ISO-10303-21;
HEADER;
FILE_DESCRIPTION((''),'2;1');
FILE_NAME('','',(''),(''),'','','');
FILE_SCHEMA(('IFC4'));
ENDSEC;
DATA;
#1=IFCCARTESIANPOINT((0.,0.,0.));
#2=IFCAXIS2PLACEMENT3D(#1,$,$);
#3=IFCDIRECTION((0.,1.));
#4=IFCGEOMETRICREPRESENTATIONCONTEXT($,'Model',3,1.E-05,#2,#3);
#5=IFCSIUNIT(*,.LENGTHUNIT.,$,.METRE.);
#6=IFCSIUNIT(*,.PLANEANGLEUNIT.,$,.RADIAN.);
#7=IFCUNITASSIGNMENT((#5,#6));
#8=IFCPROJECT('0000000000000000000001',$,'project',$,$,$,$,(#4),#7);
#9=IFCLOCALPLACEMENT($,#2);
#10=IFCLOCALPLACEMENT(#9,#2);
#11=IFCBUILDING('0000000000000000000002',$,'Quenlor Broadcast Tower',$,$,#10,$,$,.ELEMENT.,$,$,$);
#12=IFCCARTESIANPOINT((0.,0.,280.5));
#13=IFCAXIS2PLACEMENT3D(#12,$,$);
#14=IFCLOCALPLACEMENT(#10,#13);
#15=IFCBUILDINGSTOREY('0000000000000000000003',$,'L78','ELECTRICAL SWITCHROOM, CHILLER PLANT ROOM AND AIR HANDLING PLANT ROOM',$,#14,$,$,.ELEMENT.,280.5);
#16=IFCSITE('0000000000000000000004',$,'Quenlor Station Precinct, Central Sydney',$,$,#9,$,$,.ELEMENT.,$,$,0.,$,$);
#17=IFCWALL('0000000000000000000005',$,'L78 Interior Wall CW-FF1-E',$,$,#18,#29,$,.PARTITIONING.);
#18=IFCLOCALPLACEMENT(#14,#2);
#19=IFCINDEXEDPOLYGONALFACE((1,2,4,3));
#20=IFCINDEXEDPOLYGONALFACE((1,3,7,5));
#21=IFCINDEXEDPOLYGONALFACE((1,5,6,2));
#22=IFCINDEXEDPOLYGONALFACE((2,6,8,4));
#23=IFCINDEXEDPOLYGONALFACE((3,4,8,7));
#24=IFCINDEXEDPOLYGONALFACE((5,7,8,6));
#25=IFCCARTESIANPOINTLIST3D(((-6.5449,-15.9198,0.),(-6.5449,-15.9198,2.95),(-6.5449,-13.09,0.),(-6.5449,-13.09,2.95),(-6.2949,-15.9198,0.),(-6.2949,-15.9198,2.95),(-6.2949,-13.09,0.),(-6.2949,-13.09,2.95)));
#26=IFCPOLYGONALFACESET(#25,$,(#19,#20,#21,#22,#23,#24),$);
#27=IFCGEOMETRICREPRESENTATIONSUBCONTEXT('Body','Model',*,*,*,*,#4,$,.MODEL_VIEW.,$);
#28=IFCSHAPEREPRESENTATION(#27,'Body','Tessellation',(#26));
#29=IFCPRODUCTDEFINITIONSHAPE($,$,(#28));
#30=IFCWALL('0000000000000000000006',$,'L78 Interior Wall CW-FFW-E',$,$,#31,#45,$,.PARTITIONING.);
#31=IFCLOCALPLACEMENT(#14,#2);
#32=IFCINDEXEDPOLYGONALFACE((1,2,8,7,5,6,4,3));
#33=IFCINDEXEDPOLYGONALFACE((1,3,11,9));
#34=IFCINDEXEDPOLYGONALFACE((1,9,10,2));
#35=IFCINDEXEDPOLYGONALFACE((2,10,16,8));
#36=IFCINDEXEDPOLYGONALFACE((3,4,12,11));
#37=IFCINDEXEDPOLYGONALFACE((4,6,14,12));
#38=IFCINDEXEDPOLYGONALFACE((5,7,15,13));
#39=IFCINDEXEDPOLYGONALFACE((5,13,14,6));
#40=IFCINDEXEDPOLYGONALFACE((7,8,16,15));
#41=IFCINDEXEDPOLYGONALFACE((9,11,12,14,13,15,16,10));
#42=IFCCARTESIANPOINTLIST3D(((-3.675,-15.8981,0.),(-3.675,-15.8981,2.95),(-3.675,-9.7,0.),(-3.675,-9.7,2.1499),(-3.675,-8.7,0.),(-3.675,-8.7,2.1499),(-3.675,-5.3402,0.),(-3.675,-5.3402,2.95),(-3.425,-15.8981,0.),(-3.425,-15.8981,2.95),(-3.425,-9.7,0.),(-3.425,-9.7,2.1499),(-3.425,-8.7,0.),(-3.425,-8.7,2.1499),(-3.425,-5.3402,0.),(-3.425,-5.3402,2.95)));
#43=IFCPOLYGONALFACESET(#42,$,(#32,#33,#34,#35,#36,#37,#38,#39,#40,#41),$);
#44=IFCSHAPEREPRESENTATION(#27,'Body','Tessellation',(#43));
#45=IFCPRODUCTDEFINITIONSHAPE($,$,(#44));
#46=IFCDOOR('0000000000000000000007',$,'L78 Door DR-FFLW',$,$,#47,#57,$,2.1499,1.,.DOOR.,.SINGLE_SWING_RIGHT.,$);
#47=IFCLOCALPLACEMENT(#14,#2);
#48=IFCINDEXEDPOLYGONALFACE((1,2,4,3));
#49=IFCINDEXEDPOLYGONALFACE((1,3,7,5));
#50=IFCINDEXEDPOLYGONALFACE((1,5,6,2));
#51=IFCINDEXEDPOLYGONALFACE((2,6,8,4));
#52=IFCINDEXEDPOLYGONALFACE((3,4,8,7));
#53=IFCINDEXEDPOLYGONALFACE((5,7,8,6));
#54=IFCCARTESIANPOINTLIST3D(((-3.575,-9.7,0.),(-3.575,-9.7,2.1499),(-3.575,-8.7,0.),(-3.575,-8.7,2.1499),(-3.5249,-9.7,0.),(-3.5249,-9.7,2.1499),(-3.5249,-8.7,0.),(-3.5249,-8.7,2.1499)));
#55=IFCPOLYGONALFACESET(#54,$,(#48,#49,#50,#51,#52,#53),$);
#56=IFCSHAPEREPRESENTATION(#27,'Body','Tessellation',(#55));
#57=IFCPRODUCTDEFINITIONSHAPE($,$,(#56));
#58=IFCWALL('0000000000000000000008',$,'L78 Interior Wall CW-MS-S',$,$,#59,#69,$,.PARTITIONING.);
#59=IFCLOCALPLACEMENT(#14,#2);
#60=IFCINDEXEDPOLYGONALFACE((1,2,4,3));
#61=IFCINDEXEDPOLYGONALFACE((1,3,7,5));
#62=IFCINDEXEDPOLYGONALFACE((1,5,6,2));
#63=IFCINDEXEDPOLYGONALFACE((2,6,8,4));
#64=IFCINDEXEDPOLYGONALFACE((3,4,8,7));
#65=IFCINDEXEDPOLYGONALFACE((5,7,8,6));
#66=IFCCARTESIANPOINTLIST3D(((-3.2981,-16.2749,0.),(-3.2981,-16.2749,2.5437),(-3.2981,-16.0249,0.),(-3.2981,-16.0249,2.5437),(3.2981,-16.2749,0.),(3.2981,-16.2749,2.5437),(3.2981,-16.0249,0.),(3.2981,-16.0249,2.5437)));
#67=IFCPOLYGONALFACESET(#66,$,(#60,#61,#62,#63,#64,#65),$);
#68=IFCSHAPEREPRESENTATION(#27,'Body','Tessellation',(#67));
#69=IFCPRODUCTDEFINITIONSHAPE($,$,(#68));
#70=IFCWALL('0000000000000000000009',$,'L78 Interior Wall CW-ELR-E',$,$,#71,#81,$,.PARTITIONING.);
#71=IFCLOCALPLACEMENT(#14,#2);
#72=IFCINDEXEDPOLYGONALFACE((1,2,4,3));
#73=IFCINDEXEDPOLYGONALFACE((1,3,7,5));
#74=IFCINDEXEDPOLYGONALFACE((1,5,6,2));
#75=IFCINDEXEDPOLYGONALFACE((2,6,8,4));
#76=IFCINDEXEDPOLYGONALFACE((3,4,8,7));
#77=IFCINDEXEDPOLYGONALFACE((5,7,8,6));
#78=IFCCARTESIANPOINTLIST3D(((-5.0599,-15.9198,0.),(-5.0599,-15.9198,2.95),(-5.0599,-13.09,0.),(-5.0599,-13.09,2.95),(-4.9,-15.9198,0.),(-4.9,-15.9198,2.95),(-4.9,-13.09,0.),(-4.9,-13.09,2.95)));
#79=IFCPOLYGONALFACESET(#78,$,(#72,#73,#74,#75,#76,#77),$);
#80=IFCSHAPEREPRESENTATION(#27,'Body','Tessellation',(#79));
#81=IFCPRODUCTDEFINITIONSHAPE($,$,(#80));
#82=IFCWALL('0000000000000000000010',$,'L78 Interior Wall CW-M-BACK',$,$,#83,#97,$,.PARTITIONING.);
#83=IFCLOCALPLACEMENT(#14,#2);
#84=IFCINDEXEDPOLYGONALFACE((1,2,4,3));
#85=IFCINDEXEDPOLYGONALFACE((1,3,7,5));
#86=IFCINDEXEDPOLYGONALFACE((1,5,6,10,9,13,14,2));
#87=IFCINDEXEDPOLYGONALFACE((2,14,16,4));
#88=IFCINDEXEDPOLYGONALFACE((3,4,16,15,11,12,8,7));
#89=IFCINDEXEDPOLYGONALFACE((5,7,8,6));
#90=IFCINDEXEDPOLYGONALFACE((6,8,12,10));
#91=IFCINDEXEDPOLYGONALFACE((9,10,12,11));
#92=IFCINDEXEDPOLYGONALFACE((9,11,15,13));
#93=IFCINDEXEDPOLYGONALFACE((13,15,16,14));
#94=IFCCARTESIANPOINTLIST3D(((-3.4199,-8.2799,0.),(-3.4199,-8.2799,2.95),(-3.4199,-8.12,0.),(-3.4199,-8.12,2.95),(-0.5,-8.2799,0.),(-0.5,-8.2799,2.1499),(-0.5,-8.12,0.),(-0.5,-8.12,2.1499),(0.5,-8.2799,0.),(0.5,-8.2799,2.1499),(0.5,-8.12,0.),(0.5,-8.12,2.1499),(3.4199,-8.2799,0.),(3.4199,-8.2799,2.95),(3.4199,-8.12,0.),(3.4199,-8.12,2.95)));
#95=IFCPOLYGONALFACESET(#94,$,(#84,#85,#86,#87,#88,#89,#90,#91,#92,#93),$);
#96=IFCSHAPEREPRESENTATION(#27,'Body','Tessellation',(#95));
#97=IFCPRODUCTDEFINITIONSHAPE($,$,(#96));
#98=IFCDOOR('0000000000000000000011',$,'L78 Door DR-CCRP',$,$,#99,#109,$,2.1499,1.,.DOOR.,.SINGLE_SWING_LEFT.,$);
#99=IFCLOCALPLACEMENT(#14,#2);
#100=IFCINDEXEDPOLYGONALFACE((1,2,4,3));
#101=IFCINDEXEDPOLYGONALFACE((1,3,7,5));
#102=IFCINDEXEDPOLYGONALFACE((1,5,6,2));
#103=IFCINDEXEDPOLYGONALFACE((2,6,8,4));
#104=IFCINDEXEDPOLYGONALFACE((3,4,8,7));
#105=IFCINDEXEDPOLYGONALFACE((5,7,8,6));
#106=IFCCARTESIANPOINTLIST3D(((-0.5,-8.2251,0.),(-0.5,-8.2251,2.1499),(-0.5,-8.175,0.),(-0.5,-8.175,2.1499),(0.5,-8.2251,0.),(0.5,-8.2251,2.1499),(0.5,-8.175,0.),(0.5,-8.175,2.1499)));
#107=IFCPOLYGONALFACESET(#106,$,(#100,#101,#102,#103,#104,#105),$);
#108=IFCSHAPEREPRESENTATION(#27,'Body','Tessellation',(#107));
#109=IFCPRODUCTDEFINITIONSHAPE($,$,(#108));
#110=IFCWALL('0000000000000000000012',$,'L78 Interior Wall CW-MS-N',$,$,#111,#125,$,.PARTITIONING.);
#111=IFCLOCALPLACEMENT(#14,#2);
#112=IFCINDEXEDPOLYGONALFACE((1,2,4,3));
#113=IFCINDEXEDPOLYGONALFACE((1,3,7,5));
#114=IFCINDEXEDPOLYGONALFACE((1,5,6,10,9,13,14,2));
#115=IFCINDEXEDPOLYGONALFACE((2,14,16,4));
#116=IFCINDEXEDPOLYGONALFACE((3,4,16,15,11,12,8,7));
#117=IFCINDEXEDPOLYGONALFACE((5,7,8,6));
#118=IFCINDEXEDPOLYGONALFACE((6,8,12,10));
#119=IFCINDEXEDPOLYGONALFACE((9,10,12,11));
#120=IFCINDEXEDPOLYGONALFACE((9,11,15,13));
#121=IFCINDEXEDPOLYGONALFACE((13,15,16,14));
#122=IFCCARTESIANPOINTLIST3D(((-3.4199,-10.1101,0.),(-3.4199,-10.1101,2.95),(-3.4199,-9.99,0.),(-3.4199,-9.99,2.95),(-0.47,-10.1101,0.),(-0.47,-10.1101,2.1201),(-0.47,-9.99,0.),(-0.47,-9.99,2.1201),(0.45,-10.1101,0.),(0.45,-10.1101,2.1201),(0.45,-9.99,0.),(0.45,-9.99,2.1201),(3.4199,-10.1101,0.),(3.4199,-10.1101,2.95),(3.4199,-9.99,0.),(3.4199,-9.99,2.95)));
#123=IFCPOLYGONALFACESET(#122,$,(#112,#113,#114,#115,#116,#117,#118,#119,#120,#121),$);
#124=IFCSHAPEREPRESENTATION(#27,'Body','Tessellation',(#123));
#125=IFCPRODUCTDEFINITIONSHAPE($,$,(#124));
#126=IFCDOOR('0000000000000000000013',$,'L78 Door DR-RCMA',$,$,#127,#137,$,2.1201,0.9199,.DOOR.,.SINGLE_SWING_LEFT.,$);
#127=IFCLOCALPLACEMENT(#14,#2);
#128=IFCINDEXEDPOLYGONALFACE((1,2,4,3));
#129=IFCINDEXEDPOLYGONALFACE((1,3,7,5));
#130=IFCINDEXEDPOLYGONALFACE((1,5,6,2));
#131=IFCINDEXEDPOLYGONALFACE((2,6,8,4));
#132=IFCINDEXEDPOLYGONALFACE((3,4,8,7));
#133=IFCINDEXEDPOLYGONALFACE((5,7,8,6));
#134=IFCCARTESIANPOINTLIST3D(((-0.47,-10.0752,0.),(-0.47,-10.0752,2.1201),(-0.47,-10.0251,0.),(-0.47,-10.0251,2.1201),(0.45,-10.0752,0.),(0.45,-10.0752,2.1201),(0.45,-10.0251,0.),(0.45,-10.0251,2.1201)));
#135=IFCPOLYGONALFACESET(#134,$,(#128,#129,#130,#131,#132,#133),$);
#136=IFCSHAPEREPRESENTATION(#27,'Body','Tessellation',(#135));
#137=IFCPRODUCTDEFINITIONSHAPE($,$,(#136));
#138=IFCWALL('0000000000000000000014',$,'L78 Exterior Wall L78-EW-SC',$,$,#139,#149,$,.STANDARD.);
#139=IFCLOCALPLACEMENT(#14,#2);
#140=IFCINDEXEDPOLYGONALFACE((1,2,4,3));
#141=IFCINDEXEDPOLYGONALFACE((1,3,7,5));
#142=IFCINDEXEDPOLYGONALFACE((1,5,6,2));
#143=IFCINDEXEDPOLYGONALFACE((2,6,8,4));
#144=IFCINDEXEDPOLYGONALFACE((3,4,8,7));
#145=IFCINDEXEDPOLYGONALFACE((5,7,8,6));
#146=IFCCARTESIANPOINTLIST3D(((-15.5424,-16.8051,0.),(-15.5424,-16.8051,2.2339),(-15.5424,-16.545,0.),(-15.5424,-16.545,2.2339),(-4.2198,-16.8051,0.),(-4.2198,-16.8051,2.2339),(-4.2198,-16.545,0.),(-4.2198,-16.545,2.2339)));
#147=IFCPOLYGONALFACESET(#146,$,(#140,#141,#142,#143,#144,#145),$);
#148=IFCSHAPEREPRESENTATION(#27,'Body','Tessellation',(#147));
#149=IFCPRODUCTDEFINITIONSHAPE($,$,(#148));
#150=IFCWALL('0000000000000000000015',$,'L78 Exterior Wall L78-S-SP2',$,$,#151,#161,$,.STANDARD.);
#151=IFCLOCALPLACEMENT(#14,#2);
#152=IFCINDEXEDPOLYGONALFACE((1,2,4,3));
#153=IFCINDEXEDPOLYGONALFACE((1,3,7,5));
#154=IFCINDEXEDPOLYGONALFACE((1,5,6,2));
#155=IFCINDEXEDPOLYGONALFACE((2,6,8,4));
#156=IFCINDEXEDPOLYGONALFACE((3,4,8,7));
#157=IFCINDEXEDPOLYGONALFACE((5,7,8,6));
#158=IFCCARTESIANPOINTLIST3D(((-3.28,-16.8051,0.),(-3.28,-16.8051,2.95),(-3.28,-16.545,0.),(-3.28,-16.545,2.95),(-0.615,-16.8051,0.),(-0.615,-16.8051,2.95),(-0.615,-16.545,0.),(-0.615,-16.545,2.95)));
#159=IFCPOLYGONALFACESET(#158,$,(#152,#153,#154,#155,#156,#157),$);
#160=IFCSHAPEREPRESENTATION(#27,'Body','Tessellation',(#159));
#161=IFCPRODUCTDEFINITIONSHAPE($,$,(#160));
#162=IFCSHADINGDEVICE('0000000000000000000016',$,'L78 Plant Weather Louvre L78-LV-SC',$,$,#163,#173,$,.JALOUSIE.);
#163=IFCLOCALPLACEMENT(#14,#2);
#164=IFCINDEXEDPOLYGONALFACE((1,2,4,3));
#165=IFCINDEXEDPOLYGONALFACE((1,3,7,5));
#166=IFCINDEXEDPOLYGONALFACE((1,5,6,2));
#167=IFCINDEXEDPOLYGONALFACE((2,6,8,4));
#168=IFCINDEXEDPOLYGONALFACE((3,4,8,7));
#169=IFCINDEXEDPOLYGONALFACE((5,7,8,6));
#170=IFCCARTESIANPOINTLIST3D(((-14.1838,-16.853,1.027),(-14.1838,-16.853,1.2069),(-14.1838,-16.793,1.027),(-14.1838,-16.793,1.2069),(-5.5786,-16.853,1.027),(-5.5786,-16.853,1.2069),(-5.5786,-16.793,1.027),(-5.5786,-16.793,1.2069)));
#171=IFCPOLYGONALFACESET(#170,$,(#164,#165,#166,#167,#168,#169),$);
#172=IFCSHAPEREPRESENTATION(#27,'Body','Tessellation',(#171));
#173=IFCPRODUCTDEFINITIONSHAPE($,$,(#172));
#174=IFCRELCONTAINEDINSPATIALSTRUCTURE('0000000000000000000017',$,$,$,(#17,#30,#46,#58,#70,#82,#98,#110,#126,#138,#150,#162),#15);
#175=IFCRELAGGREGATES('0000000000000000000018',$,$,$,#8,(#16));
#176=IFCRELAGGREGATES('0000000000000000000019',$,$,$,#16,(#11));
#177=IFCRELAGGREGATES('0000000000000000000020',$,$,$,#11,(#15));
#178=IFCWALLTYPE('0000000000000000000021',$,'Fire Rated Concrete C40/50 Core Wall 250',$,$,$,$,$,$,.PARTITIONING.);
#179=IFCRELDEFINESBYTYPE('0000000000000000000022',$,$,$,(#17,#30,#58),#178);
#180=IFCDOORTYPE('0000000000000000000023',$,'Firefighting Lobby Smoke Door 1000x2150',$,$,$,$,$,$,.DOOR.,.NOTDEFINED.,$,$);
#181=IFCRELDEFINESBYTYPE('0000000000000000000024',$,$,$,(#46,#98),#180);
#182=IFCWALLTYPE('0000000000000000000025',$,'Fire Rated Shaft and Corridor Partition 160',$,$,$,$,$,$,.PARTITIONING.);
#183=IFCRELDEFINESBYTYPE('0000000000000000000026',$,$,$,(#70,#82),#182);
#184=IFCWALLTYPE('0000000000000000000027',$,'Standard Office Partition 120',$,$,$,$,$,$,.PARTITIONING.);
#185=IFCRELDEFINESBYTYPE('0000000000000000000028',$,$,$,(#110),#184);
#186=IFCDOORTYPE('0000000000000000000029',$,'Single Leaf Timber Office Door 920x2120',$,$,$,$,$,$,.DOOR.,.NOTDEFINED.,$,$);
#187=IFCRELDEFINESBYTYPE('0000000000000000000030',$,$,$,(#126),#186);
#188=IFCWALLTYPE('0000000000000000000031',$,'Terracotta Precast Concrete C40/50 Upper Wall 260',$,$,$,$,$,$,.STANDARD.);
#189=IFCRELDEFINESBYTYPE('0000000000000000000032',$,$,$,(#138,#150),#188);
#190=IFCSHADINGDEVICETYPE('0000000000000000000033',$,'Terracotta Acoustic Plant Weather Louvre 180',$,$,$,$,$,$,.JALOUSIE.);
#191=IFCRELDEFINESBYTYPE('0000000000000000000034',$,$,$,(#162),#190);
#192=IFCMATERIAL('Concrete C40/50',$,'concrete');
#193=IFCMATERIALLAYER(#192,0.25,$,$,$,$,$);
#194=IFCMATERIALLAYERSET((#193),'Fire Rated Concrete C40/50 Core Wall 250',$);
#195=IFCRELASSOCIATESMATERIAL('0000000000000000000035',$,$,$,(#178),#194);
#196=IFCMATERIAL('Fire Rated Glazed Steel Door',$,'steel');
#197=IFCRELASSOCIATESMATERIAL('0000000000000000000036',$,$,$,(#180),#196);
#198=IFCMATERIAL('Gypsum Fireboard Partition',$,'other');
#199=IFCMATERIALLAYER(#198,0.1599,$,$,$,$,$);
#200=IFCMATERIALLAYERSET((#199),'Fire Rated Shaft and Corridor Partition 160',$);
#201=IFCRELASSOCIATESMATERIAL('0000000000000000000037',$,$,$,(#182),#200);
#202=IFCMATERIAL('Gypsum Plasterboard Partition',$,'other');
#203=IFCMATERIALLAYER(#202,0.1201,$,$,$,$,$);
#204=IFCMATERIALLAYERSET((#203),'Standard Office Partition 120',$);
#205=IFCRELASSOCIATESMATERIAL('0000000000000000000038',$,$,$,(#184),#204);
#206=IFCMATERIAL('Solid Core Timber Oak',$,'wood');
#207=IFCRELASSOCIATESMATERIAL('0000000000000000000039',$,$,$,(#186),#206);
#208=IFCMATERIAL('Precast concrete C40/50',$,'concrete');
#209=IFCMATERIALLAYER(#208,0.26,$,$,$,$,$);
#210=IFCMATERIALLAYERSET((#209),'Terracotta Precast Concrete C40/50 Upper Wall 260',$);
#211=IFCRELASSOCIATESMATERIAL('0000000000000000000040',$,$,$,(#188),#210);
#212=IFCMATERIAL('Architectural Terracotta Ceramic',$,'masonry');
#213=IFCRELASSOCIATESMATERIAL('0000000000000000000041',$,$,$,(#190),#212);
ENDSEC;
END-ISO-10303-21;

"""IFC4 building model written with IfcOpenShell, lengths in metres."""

from ifc_helpers import new_model, si_unit, direction, frame, frame_2d, origin, origin_2d, place, context, subcontext, project, spatial, rectangle, extrude, material, layer, layer_set, material_profile, profile_set, type_object, element, fill, save


model = new_model("IFC4")

# Units and contexts
model_context = context("Model", 3, precision=1e-05, world=origin(), true_north=direction((0.0, 1.0)))
body_context = subcontext(model_context, "Body", "Model", "MODEL_VIEW")
ifc_project = project(units=[si_unit("LENGTHUNIT", "METRE"), si_unit("PLANEANGLEUNIT", "RADIAN")], contexts=[model_context])

# Site, building, storey
site_placement = place(None, origin())
site = spatial("IfcSite", under=ifc_project, at=site_placement, Name="Quenlor Station Precinct, Central Sydney", CompositionType="ELEMENT", RefElevation=0.0)
building_placement = place(site_placement, origin())
building = spatial("IfcBuilding", under=site, at=building_placement, Name="Quenlor Broadcast Tower", CompositionType="ELEMENT")
storey_placement = place(building_placement, frame((0.0, 0.0, 280.5)))
storey = spatial("IfcBuildingStorey", under=building, at=storey_placement, Name="L78", Description="ELECTRICAL SWITCHROOM, CHILLER PLANT ROOM AND AIR HANDLING PLANT ROOM", CompositionType="ELEMENT", Elevation=280.5)

# Wall
ifc_material_1 = material(Name="Concrete C40/50", Category="concrete")
ifc_layer_1 = layer(ifc_material_1, 0.25)
ifc_layer_set_1 = layer_set([ifc_layer_1], Name="Fire Rated Concrete C40/50 Core Wall 250")
wall_type_1 = type_object("IfcWallType", Name="Fire Rated Concrete C40/50 Core Wall 250", PredefinedType="PARTITIONING", material=ifc_layer_set_1)
wall_1_placement = place(storey_placement, frame((-6.4199, -15.9199, 0.0), z_axis=(0.0, 0.0, 1.0), x_axis=(0.0, 1.0, 0.0)))
element("IfcWall", 1, at=wall_1_placement, inside=storey, type_object=wall_type_1, Name="L78 Interior Wall CW-FF1-E", PredefinedType="PARTITIONING", context=body_context, shape_type="SweptSolid", body=[
    extrude(rectangle(XDim=2.8298, YDim=0.25, at=frame_2d((1.415, 0.0))), origin(), (0.0, 0.0, 1.0), 2.95),
])

# Wall, opening, door
wall_2_placement = place(storey_placement, frame((-3.55, -15.8979, 0.0), z_axis=(0.0, 0.0, 1.0), x_axis=(0.0, 1.0, 0.0)))
wall_2 = element("IfcWall", 2, at=wall_2_placement, inside=storey, type_object=wall_type_1, Name="L78 Interior Wall CW-FFW-E", PredefinedType="PARTITIONING", context=body_context, shape_type="SweptSolid", body=[
    extrude(rectangle(XDim=10.5579, YDim=0.25, at=frame_2d((5.2788, 0.0))), origin(), (0.0, 0.0, 1.0), 2.95),
])
opening_1_placement = place(wall_2_placement, frame((6.198, 0.0, 0.0)))
opening_1 = element("IfcOpeningElement", 3, at=opening_1_placement, cuts=wall_2, PredefinedType="OPENING", context=body_context, shape_type="SweptSolid", body=[
    extrude(rectangle(XDim=1.0, YDim=2.1499, at=frame_2d((0.5, 1.075))), frame((0.0, 0.135, 0.0), z_axis=(0.0, -1.0, 0.0), x_axis=(1.0, 0.0, 0.0)), (0.0, 0.0, 1.0), 0.27),
])
ifc_material_2 = material(Name="Fire Rated Glazed Steel Door", Category="steel")
door_type_1 = type_object("IfcDoorType", Name="Firefighting Lobby Smoke Door 1000x2150", OperationType="NOTDEFINED", PredefinedType="DOOR", material=ifc_material_2)
door_1_placement = place(opening_1_placement, origin())
door_1 = element("IfcDoor", 4, at=door_1_placement, inside=storey, type_object=door_type_1, Name="L78 Door DR-FFLW", OperationType="SINGLE_SWING_RIGHT", OverallHeight=2.1499, OverallWidth=1.0, PredefinedType="DOOR", context=body_context, shape_type="SweptSolid", body=[
    extrude(rectangle(XDim=1.0, YDim=2.1499, at=frame_2d((0.5, 1.075))), frame((0.0, 0.0249, 0.0), z_axis=(0.0, -1.0, 0.0), x_axis=(1.0, 0.0, 0.0)), (0.0, 0.0, 1.0), 0.05),
])
fill(opening_1, door_1)

# Walls
wall_3_placement = place(storey_placement, frame((-3.2981, -16.1499, 0.0), z_axis=(0.0, 0.0, 1.0), x_axis=(1.0, 0.0, 0.0)))
element("IfcWall", 5, at=wall_3_placement, inside=storey, type_object=wall_type_1, Name="L78 Interior Wall CW-MS-S", PredefinedType="PARTITIONING", context=body_context, shape_type="SweptSolid", body=[
    extrude(rectangle(XDim=6.5962, YDim=0.25, at=frame_2d((3.2981, 0.0))), origin(), (0.0, 0.0, 1.0), 2.5437),
])
ifc_material_3 = material(Name="Gypsum Fireboard Partition", Category="other")
ifc_layer_2 = layer(ifc_material_3, 0.1599)
ifc_layer_set_2 = layer_set([ifc_layer_2], Name="Fire Rated Shaft and Corridor Partition 160")
wall_type_2 = type_object("IfcWallType", Name="Fire Rated Shaft and Corridor Partition 160", PredefinedType="PARTITIONING", material=ifc_layer_set_2)
wall_4_placement = place(storey_placement, frame((-4.98, -15.9199, 0.0), z_axis=(0.0, 0.0, 1.0), x_axis=(0.0, 1.0, 0.0)))
element("IfcWall", 6, at=wall_4_placement, inside=storey, type_object=wall_type_2, Name="L78 Interior Wall CW-ELR-E", PredefinedType="PARTITIONING", context=body_context, shape_type="SweptSolid", body=[
    extrude(rectangle(XDim=2.8298, YDim=0.1599, at=frame_2d((1.415, 0.0))), origin(), (0.0, 0.0, 1.0), 2.95),
])

# Walls, openings, doors
wall_5_placement = place(storey_placement, frame((-3.4199, -8.2, 0.0), z_axis=(0.0, 0.0, 1.0), x_axis=(1.0, 0.0, 0.0)))
wall_5 = element("IfcWall", 7, at=wall_5_placement, inside=storey, type_object=wall_type_2, Name="L78 Interior Wall CW-M-BACK", PredefinedType="PARTITIONING", context=body_context, shape_type="SweptSolid", body=[
    extrude(rectangle(XDim=6.8398, YDim=0.1599, at=frame_2d((3.4199, 0.0))), origin(), (0.0, 0.0, 1.0), 2.95),
])
opening_2_placement = place(wall_5_placement, frame((2.9199, 0.0, 0.0)))
opening_2 = element("IfcOpeningElement", 8, at=opening_2_placement, cuts=wall_5, PredefinedType="OPENING", context=body_context, shape_type="SweptSolid", body=[
    extrude(rectangle(XDim=1.0, YDim=2.1499, at=frame_2d((0.5, 1.075))), frame((0.0, 0.0898, 0.0), z_axis=(0.0, -1.0, 0.0), x_axis=(1.0, 0.0, 0.0)), (0.0, 0.0, 1.0), 0.1799),
])
door_2_placement = place(opening_2_placement, origin())
door_2 = element("IfcDoor", 9, at=door_2_placement, inside=storey, type_object=door_type_1, Name="L78 Door DR-CCRP", OperationType="SINGLE_SWING_LEFT", OverallHeight=2.1499, OverallWidth=1.0, PredefinedType="DOOR", context=body_context, shape_type="SweptSolid", body=[
    extrude(rectangle(XDim=1.0, YDim=2.1499, at=frame_2d((0.5, 1.075))), frame((0.0, 0.0249, 0.0), z_axis=(0.0, -1.0, 0.0), x_axis=(1.0, 0.0, 0.0)), (0.0, 0.0, 1.0), 0.05),
])
fill(opening_2, door_2)
ifc_material_4 = material(Name="Gypsum Plasterboard Partition", Category="other")
ifc_layer_3 = layer(ifc_material_4, 0.1201)
ifc_layer_set_3 = layer_set([ifc_layer_3], Name="Standard Office Partition 120")
wall_type_3 = type_object("IfcWallType", Name="Standard Office Partition 120", PredefinedType="PARTITIONING", material=ifc_layer_set_3)
wall_6_placement = place(storey_placement, frame((-3.4199, -10.05, 0.0), z_axis=(0.0, 0.0, 1.0), x_axis=(1.0, 0.0, 0.0)))
wall_6 = element("IfcWall", 10, at=wall_6_placement, inside=storey, type_object=wall_type_3, Name="L78 Interior Wall CW-MS-N", PredefinedType="PARTITIONING", context=body_context, shape_type="SweptSolid", body=[
    extrude(rectangle(XDim=6.8398, YDim=0.1201, at=frame_2d((3.4199, 0.0))), origin(), (0.0, 0.0, 1.0), 2.95),
])
opening_3_placement = place(wall_6_placement, frame((2.95, 0.0, 0.0)))
opening_3 = element("IfcOpeningElement", 11, at=opening_3_placement, cuts=wall_6, PredefinedType="OPENING", context=body_context, shape_type="SweptSolid", body=[
    extrude(rectangle(XDim=0.9199, YDim=2.1201, at=frame_2d((0.46, 1.0601))), frame((0.0, 0.0701, 0.0), z_axis=(0.0, -1.0, 0.0), x_axis=(1.0, 0.0, 0.0)), (0.0, 0.0, 1.0), 0.1401),
])
ifc_material_5 = material(Name="Solid Core Timber Oak", Category="wood")
door_type_2 = type_object("IfcDoorType", Name="Single Leaf Timber Office Door 920x2120", OperationType="NOTDEFINED", PredefinedType="DOOR", material=ifc_material_5)
door_3_placement = place(opening_3_placement, origin())
door_3 = element("IfcDoor", 12, at=door_3_placement, inside=storey, type_object=door_type_2, Name="L78 Door DR-RCMA", OperationType="SINGLE_SWING_LEFT", OverallHeight=2.1201, OverallWidth=0.9199, PredefinedType="DOOR", context=body_context, shape_type="SweptSolid", body=[
    extrude(rectangle(XDim=0.9199, YDim=2.1201, at=frame_2d((0.46, 1.0601))), frame((0.0, 0.0249, 0.0), z_axis=(0.0, -1.0, 0.0), x_axis=(1.0, 0.0, 0.0)), (0.0, 0.0, 1.0), 0.05),
])
fill(opening_3, door_3)

# Walls
ifc_material_6 = material(Name="Precast concrete C40/50", Category="concrete")
ifc_layer_4 = layer(ifc_material_6, 0.26)
ifc_layer_set_4 = layer_set([ifc_layer_4], Name="Terracotta Precast Concrete C40/50 Upper Wall 260")
wall_type_4 = type_object("IfcWallType", Name="Terracotta Precast Concrete C40/50 Upper Wall 260", PredefinedType="STANDARD", material=ifc_layer_set_4)
wall_7_placement = place(storey_placement, frame((-4.22, -16.675, 0.0), z_axis=(0.0, 0.0, 1.0), x_axis=(-1.0, 0.0, 0.0)))
element("IfcWall", 13, at=wall_7_placement, inside=storey, type_object=wall_type_4, Name="L78 Exterior Wall L78-EW-SC", PredefinedType="STANDARD", context=body_context, shape_type="SweptSolid", body=[
    extrude(rectangle(XDim=11.3225, YDim=0.26, at=frame_2d((5.6611, 0.0))), origin(), (0.0, 0.0, 1.0), 2.2339),
])
wall_8_placement = place(storey_placement, frame((-0.615, -16.675, 0.0), z_axis=(0.0, 0.0, 1.0), x_axis=(-1.0, 0.0, 0.0)))
element("IfcWall", 14, at=wall_8_placement, inside=storey, type_object=wall_type_4, Name="L78 Exterior Wall L78-S-SP2", PredefinedType="STANDARD", context=body_context, shape_type="SweptSolid", body=[
    extrude(rectangle(XDim=2.665, YDim=0.26, at=frame_2d((1.3325, 0.0))), origin(), (0.0, 0.0, 1.0), 2.95),
])

# Shading device
ifc_material_7 = material(Name="Architectural Terracotta Ceramic", Category="masonry")
ifc_material_profile_1 = material_profile(ifc_material_7, rectangle(XDim=0.0601, YDim=0.1799, at=origin_2d()))
ifc_profile_set_1 = profile_set([ifc_material_profile_1], Name="Architectural Terracotta Ceramic LVR60x180")
shading_device_type = type_object("IfcShadingDeviceType", Name="Terracotta Acoustic Plant Weather Louvre 180", PredefinedType="JALOUSIE", material=ifc_profile_set_1)
shading_device_placement = place(storey_placement, frame((-5.5786, -16.823, 1.1169), z_axis=(-1.0, 0.0, 0.0), x_axis=(0.0, -1.0, 0.0)))
element("IfcShadingDevice", 15, at=shading_device_placement, inside=storey, type_object=shading_device_type, Name="L78 Plant Weather Louvre L78-LV-SC", PredefinedType="JALOUSIE", context=body_context, shape_type="SweptSolid", body=[
    extrude(rectangle(XDim=0.0601, YDim=0.1799, at=origin_2d()), origin(), (0.0, 0.0, 1.0), 8.6052),
])

save(model, "model.ifc")
